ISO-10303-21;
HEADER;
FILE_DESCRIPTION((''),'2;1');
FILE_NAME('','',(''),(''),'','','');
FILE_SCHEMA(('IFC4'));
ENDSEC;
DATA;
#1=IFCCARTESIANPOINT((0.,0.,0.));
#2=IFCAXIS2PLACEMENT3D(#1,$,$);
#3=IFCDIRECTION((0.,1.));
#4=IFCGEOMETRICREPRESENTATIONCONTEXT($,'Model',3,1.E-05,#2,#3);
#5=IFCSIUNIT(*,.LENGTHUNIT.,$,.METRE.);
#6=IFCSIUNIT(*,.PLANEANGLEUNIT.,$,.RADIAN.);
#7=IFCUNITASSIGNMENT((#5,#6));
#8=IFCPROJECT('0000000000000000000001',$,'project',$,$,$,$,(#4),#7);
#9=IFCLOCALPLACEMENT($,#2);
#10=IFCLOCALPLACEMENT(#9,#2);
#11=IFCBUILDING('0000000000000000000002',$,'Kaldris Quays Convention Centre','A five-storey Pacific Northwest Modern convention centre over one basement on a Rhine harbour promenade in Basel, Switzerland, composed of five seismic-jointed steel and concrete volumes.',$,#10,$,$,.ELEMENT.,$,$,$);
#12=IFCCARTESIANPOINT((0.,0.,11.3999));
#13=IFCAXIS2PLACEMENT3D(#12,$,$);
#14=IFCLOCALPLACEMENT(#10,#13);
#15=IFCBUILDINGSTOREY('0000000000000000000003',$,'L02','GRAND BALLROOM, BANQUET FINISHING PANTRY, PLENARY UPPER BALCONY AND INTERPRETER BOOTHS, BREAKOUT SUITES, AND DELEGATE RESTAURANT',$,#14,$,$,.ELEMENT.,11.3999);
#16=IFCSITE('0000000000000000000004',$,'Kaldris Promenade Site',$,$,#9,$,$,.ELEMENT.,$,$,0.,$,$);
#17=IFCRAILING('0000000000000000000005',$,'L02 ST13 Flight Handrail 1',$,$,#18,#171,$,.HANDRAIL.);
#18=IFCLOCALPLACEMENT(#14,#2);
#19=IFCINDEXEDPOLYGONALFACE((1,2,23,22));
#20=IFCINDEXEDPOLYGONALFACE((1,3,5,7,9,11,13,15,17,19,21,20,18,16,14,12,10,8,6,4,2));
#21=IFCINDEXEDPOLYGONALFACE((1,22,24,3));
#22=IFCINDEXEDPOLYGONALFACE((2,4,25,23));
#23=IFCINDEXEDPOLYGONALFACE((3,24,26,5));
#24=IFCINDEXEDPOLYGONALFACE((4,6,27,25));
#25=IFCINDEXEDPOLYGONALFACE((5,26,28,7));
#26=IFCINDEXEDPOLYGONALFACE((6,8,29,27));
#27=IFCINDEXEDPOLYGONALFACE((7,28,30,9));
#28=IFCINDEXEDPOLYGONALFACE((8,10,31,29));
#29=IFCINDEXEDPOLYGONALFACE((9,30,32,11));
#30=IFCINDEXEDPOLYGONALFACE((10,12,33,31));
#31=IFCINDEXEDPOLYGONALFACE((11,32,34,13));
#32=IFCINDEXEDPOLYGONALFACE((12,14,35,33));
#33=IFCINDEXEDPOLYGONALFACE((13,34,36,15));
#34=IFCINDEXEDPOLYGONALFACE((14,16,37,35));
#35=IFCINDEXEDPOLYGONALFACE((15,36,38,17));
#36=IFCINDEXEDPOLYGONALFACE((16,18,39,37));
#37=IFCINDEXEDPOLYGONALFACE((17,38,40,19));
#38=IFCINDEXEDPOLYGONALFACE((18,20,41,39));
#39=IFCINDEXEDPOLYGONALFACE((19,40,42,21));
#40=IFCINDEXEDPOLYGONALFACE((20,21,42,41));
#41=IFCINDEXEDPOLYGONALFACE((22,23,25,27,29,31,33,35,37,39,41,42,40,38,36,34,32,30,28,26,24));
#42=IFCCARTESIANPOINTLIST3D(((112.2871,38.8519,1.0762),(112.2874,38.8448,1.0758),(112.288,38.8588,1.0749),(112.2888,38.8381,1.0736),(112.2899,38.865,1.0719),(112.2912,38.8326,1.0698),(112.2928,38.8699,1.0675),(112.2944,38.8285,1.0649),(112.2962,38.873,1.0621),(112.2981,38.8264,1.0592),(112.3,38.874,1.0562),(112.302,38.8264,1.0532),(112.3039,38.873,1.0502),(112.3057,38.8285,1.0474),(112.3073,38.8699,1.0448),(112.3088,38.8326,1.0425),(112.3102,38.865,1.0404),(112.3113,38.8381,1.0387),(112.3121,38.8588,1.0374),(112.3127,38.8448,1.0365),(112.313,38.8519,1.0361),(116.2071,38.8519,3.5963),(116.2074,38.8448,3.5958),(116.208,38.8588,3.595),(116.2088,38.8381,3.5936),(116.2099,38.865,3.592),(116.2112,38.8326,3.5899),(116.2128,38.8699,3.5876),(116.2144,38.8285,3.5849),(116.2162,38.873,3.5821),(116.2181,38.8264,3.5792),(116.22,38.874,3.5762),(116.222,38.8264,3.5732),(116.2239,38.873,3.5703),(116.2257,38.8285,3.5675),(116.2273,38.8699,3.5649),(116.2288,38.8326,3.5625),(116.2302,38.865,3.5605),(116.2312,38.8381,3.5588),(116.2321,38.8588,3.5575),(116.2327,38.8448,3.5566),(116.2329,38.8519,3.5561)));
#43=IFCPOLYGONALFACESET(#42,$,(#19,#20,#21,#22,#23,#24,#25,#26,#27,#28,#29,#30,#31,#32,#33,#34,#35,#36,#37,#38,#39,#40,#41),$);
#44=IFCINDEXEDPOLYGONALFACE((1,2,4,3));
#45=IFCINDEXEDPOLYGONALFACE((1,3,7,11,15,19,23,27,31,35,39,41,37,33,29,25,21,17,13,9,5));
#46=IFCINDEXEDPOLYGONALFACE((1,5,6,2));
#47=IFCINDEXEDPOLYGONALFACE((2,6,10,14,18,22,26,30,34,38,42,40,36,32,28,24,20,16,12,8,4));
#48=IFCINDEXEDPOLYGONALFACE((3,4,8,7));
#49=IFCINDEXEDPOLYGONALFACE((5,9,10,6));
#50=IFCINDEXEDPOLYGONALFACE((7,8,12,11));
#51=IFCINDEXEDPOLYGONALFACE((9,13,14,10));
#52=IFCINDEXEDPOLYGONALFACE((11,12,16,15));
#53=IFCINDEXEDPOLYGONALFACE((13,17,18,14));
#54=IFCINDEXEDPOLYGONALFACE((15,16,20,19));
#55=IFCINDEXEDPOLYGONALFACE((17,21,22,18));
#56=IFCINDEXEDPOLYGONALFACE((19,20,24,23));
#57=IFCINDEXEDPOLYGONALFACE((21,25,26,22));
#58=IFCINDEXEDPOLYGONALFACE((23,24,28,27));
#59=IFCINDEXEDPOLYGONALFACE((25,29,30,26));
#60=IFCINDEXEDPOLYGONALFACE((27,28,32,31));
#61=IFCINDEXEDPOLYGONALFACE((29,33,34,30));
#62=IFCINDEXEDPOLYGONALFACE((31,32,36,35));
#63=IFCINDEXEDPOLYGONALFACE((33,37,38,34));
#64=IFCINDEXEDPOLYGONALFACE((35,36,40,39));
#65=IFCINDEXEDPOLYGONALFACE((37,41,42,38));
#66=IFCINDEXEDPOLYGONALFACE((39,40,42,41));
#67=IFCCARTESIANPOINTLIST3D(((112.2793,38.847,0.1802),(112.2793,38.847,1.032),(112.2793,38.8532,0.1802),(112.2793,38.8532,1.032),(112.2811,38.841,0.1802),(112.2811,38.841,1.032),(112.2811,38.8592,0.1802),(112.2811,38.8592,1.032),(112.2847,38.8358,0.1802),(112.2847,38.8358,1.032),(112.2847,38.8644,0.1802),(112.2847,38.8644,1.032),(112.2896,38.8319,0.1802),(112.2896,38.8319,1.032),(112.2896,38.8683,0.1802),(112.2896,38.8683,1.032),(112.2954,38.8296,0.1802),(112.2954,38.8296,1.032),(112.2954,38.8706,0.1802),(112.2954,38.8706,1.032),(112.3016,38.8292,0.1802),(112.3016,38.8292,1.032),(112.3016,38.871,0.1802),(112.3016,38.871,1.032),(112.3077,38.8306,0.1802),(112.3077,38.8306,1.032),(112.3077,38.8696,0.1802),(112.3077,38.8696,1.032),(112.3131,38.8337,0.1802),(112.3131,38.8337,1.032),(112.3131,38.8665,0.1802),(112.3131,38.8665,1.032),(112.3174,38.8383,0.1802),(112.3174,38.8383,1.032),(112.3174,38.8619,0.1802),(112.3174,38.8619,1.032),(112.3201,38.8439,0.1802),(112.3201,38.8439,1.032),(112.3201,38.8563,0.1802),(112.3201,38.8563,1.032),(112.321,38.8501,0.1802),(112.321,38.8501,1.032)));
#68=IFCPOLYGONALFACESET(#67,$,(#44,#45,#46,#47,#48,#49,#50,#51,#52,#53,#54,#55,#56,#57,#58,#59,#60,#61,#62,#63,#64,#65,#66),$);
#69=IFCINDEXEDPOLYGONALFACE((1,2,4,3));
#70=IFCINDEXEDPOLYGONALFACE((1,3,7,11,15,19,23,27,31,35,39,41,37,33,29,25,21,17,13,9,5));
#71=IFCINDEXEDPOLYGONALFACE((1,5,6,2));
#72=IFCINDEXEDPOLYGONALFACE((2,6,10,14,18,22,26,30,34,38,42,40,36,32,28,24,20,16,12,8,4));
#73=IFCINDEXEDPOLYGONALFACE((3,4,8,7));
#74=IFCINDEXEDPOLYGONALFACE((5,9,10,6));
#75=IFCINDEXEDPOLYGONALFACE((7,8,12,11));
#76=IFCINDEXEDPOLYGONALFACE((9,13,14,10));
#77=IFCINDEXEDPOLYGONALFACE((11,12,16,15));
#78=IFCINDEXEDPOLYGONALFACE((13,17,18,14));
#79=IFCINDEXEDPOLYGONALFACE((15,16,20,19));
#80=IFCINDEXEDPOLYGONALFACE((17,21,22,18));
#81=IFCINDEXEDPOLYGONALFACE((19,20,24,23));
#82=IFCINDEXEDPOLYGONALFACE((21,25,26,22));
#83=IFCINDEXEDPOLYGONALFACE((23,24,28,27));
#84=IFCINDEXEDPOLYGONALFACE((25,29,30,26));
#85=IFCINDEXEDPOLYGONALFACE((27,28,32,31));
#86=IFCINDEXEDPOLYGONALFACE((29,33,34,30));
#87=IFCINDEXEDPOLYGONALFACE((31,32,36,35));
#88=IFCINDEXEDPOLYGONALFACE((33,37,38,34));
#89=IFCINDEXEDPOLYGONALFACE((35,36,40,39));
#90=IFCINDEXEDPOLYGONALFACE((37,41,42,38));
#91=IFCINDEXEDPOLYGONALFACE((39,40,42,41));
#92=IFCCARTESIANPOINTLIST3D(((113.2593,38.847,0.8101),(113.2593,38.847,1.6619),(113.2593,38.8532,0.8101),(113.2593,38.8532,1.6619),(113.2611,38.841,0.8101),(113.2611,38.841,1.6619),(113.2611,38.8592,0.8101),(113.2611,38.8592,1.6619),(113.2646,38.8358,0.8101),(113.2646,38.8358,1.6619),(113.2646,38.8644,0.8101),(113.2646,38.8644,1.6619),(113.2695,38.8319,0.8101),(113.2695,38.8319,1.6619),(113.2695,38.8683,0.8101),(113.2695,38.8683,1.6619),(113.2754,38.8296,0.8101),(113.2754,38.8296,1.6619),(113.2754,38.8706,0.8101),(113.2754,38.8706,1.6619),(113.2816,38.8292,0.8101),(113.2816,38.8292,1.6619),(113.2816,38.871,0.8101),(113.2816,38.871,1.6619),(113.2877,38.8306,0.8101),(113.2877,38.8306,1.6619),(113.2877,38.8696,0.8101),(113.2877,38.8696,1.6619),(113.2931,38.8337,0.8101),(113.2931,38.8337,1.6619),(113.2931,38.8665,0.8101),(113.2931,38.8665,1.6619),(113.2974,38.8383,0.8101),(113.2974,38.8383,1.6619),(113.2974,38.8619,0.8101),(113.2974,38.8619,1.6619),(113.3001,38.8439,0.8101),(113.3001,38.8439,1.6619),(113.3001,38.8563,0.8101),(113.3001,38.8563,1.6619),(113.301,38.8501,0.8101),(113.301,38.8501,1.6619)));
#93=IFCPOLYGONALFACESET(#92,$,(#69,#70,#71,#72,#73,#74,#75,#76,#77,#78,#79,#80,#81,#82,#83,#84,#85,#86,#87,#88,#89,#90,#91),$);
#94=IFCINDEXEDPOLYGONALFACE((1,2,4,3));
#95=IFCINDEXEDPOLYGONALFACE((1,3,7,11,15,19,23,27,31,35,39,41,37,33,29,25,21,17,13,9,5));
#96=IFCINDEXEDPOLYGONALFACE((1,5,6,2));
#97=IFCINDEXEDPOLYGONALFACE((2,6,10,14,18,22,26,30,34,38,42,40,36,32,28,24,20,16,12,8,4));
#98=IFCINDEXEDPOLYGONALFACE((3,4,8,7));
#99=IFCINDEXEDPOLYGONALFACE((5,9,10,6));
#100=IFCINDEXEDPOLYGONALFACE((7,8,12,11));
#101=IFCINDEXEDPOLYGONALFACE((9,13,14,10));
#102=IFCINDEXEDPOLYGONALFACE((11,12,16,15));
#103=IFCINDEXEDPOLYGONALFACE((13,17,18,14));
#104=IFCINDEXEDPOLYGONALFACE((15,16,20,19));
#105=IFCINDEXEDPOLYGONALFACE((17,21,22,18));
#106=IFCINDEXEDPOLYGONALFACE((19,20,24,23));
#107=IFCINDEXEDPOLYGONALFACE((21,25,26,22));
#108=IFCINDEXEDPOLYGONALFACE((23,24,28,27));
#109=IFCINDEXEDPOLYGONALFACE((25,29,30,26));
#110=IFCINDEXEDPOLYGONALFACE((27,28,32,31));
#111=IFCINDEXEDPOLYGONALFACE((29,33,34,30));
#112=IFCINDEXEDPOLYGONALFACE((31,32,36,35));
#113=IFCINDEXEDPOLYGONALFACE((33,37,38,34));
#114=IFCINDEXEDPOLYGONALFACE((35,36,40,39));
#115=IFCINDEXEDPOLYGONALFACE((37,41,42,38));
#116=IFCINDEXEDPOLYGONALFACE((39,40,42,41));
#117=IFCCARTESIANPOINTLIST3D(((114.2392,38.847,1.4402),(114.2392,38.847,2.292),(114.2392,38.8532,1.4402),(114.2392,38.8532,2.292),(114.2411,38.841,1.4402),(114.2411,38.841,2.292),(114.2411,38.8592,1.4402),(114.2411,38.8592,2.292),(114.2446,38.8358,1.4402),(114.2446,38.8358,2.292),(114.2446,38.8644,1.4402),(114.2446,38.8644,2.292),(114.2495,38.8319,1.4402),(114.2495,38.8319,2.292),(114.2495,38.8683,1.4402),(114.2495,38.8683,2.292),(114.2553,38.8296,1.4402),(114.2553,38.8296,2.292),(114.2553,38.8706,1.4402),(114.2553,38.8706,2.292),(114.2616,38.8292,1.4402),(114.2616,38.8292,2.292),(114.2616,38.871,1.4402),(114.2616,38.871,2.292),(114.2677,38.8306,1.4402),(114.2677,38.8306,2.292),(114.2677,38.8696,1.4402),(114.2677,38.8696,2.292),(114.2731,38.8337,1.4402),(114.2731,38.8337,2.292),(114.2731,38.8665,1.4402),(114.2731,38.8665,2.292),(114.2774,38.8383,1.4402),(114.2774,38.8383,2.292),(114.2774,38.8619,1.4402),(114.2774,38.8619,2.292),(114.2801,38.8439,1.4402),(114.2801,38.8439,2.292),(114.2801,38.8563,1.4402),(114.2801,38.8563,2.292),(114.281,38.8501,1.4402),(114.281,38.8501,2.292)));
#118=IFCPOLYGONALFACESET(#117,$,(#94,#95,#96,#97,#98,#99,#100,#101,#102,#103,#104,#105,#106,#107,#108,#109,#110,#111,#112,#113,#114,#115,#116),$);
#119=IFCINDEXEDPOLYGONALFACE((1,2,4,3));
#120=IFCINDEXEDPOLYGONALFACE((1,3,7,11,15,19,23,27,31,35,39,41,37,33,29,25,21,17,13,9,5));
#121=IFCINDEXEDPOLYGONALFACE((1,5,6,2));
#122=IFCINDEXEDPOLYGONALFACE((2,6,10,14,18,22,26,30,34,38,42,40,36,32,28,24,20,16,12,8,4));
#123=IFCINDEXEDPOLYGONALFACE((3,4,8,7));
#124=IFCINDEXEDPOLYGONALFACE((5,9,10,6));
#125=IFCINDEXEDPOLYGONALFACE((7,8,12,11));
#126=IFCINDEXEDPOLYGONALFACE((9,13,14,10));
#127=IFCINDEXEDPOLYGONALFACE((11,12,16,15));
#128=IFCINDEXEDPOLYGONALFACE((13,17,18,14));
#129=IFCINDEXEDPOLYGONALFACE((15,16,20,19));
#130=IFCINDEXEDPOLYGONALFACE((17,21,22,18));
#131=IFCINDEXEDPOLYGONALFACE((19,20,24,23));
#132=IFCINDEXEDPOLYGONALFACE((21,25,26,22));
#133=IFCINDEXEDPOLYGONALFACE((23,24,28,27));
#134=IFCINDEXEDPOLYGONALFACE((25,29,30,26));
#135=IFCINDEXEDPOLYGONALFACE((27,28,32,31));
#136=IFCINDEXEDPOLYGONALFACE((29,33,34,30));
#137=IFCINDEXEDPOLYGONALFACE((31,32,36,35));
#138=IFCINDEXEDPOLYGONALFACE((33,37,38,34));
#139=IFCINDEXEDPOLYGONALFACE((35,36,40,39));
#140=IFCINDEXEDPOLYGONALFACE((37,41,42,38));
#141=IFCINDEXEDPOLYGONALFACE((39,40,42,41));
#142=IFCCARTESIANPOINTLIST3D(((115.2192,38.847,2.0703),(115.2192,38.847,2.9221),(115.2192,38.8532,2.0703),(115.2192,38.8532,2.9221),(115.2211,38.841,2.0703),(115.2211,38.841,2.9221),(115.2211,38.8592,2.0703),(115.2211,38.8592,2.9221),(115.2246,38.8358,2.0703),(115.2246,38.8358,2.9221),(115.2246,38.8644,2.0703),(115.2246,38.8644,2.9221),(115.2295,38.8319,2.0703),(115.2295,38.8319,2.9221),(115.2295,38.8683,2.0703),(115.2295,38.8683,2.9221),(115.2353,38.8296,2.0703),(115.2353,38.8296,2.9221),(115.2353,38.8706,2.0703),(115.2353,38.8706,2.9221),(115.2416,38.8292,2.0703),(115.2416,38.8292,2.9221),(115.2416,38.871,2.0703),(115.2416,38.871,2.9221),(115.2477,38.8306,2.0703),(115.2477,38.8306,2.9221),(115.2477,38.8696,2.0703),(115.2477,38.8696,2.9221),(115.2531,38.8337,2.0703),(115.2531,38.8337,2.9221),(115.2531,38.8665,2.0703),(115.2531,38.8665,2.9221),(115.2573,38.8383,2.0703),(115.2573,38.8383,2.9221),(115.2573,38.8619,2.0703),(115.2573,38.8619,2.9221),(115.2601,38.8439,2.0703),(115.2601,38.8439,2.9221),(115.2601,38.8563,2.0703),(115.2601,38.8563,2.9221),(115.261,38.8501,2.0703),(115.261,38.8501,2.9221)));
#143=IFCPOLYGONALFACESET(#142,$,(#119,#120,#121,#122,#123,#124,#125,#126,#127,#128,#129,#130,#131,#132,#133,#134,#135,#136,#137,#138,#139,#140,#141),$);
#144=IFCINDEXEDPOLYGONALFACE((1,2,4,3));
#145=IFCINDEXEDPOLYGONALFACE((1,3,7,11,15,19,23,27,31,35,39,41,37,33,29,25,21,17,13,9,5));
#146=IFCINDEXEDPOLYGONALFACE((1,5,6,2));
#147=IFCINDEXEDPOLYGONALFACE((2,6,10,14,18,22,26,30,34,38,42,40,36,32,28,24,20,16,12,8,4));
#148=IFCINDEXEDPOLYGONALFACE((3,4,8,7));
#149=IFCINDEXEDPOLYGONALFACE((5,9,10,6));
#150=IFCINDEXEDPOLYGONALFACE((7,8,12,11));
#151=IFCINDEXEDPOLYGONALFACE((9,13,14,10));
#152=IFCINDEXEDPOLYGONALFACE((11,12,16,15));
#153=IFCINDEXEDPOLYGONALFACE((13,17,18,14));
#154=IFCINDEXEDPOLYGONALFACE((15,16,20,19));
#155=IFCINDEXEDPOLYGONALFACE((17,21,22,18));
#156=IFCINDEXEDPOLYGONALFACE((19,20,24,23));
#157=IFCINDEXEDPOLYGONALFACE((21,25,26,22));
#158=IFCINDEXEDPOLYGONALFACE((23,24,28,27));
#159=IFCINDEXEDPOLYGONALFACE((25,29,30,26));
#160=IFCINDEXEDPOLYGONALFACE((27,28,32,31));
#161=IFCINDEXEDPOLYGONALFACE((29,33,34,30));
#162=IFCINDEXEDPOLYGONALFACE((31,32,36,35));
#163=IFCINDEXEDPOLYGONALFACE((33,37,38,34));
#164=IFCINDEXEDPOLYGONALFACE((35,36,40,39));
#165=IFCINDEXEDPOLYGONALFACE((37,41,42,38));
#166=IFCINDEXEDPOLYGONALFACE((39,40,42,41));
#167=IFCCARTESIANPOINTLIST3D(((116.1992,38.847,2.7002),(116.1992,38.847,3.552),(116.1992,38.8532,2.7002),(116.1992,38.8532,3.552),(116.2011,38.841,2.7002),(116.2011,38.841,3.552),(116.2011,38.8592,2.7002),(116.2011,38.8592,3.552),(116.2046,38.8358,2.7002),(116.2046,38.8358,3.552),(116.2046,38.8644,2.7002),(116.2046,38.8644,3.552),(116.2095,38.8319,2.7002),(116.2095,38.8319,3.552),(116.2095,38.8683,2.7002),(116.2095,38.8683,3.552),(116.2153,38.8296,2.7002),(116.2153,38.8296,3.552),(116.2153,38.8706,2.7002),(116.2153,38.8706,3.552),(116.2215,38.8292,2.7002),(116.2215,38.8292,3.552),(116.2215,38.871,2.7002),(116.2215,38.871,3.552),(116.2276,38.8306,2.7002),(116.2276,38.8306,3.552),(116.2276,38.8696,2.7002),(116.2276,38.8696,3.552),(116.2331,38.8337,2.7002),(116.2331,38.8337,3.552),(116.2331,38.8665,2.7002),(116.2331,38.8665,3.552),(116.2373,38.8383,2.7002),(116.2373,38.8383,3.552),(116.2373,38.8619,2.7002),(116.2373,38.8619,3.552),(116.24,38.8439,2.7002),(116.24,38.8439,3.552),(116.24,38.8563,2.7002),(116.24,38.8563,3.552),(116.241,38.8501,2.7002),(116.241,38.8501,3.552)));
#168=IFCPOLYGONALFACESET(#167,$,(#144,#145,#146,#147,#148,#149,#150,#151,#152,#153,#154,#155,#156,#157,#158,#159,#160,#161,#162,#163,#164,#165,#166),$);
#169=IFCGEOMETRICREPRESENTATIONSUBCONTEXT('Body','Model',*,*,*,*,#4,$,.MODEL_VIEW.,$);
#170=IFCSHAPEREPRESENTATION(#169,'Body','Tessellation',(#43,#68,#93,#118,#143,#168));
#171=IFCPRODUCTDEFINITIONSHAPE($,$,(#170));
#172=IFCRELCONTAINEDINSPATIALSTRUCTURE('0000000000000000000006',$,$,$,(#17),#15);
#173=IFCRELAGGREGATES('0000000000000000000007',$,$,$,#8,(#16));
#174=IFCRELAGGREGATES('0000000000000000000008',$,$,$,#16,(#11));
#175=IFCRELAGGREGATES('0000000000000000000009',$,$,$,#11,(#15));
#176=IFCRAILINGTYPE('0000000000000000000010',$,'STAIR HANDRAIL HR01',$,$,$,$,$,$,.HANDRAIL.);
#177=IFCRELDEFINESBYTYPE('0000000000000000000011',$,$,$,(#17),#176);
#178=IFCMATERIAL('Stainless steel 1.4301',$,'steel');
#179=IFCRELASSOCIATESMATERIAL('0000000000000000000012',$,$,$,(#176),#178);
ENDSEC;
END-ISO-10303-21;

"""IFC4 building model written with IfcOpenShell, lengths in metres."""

from ifc_helpers import new_model, si_unit, direction, frame, origin, origin_2d, place, context, subcontext, project, spatial, circle, extrude, material, type_object, element, save


model = new_model("IFC4")

# Units and contexts
model_context = context("Model", 3, precision=1e-05, world=origin(), true_north=direction((0.0, 1.0)))
body_context = subcontext(model_context, "Body", "Model", "MODEL_VIEW")
ifc_project = project(units=[si_unit("LENGTHUNIT", "METRE"), si_unit("PLANEANGLEUNIT", "RADIAN")], contexts=[model_context])

# Site, building, storey
site_placement = place(None, origin())
site = spatial("IfcSite", under=ifc_project, at=site_placement, Name="Kaldris Promenade Site", CompositionType="ELEMENT", RefElevation=0.0)
building_placement = place(site_placement, origin())
building = spatial("IfcBuilding", under=site, at=building_placement, Name="Kaldris Quays Convention Centre", Description="A five-storey Pacific Northwest Modern convention centre over one basement on a Rhine harbour promenade in Basel, Switzerland, composed of five seismic-jointed steel and concrete volumes.", CompositionType="ELEMENT")
storey_placement = place(building_placement, frame((0.0, 0.0, 11.3999)))
storey = spatial("IfcBuildingStorey", under=building, at=storey_placement, Name="L02", Description="GRAND BALLROOM, BANQUET FINISHING PANTRY, PLENARY UPPER BALCONY AND INTERPRETER BOOTHS, BREAKOUT SUITES, AND DELEGATE RESTAURANT", CompositionType="ELEMENT", Elevation=11.3999)

# Railing
ifc_material_1 = material(Name="Stainless steel 1.4301", Category="steel")
railing_type_1 = type_object("IfcRailingType", Name="STAIR HANDRAIL HR01", PredefinedType="HANDRAIL", material=ifc_material_1)
railing_1_placement = place(storey_placement, frame((112.3, 38.8501, 0.1802)))
element("IfcRailing", 1, at=railing_1_placement, inside=storey, type_object=railing_type_1, Name="L02 ST13 Flight Handrail 1", PredefinedType="HANDRAIL", context=body_context, shape_type="SweptSolid", body=[
    extrude(circle(Radius=0.0239, at=origin_2d()), frame((0.0, 0.0, 0.876), z_axis=(0.841172, 0.0, 0.540768), x_axis=(0.0, 1.0, 0.0)), (0.0, 0.0, 1.0), 4.6602),
    extrude(circle(Radius=0.021, at=origin_2d()), origin(), (0.0, 0.0, 1.0), 0.8518),
    extrude(circle(Radius=0.021, at=origin_2d()), frame((0.98, 0.0, 0.6299)), (0.0, 0.0, 1.0), 0.8518),
    extrude(circle(Radius=0.021, at=origin_2d()), frame((1.96, 0.0, 1.26)), (0.0, 0.0, 1.0), 0.8518),
    extrude(circle(Radius=0.021, at=origin_2d()), frame((2.9399, 0.0, 1.8901)), (0.0, 0.0, 1.0), 0.8518),
    extrude(circle(Radius=0.021, at=origin_2d()), frame((3.9199, 0.0, 2.52)), (0.0, 0.0, 1.0), 0.8518),
])

save(model, "model.ifc")
